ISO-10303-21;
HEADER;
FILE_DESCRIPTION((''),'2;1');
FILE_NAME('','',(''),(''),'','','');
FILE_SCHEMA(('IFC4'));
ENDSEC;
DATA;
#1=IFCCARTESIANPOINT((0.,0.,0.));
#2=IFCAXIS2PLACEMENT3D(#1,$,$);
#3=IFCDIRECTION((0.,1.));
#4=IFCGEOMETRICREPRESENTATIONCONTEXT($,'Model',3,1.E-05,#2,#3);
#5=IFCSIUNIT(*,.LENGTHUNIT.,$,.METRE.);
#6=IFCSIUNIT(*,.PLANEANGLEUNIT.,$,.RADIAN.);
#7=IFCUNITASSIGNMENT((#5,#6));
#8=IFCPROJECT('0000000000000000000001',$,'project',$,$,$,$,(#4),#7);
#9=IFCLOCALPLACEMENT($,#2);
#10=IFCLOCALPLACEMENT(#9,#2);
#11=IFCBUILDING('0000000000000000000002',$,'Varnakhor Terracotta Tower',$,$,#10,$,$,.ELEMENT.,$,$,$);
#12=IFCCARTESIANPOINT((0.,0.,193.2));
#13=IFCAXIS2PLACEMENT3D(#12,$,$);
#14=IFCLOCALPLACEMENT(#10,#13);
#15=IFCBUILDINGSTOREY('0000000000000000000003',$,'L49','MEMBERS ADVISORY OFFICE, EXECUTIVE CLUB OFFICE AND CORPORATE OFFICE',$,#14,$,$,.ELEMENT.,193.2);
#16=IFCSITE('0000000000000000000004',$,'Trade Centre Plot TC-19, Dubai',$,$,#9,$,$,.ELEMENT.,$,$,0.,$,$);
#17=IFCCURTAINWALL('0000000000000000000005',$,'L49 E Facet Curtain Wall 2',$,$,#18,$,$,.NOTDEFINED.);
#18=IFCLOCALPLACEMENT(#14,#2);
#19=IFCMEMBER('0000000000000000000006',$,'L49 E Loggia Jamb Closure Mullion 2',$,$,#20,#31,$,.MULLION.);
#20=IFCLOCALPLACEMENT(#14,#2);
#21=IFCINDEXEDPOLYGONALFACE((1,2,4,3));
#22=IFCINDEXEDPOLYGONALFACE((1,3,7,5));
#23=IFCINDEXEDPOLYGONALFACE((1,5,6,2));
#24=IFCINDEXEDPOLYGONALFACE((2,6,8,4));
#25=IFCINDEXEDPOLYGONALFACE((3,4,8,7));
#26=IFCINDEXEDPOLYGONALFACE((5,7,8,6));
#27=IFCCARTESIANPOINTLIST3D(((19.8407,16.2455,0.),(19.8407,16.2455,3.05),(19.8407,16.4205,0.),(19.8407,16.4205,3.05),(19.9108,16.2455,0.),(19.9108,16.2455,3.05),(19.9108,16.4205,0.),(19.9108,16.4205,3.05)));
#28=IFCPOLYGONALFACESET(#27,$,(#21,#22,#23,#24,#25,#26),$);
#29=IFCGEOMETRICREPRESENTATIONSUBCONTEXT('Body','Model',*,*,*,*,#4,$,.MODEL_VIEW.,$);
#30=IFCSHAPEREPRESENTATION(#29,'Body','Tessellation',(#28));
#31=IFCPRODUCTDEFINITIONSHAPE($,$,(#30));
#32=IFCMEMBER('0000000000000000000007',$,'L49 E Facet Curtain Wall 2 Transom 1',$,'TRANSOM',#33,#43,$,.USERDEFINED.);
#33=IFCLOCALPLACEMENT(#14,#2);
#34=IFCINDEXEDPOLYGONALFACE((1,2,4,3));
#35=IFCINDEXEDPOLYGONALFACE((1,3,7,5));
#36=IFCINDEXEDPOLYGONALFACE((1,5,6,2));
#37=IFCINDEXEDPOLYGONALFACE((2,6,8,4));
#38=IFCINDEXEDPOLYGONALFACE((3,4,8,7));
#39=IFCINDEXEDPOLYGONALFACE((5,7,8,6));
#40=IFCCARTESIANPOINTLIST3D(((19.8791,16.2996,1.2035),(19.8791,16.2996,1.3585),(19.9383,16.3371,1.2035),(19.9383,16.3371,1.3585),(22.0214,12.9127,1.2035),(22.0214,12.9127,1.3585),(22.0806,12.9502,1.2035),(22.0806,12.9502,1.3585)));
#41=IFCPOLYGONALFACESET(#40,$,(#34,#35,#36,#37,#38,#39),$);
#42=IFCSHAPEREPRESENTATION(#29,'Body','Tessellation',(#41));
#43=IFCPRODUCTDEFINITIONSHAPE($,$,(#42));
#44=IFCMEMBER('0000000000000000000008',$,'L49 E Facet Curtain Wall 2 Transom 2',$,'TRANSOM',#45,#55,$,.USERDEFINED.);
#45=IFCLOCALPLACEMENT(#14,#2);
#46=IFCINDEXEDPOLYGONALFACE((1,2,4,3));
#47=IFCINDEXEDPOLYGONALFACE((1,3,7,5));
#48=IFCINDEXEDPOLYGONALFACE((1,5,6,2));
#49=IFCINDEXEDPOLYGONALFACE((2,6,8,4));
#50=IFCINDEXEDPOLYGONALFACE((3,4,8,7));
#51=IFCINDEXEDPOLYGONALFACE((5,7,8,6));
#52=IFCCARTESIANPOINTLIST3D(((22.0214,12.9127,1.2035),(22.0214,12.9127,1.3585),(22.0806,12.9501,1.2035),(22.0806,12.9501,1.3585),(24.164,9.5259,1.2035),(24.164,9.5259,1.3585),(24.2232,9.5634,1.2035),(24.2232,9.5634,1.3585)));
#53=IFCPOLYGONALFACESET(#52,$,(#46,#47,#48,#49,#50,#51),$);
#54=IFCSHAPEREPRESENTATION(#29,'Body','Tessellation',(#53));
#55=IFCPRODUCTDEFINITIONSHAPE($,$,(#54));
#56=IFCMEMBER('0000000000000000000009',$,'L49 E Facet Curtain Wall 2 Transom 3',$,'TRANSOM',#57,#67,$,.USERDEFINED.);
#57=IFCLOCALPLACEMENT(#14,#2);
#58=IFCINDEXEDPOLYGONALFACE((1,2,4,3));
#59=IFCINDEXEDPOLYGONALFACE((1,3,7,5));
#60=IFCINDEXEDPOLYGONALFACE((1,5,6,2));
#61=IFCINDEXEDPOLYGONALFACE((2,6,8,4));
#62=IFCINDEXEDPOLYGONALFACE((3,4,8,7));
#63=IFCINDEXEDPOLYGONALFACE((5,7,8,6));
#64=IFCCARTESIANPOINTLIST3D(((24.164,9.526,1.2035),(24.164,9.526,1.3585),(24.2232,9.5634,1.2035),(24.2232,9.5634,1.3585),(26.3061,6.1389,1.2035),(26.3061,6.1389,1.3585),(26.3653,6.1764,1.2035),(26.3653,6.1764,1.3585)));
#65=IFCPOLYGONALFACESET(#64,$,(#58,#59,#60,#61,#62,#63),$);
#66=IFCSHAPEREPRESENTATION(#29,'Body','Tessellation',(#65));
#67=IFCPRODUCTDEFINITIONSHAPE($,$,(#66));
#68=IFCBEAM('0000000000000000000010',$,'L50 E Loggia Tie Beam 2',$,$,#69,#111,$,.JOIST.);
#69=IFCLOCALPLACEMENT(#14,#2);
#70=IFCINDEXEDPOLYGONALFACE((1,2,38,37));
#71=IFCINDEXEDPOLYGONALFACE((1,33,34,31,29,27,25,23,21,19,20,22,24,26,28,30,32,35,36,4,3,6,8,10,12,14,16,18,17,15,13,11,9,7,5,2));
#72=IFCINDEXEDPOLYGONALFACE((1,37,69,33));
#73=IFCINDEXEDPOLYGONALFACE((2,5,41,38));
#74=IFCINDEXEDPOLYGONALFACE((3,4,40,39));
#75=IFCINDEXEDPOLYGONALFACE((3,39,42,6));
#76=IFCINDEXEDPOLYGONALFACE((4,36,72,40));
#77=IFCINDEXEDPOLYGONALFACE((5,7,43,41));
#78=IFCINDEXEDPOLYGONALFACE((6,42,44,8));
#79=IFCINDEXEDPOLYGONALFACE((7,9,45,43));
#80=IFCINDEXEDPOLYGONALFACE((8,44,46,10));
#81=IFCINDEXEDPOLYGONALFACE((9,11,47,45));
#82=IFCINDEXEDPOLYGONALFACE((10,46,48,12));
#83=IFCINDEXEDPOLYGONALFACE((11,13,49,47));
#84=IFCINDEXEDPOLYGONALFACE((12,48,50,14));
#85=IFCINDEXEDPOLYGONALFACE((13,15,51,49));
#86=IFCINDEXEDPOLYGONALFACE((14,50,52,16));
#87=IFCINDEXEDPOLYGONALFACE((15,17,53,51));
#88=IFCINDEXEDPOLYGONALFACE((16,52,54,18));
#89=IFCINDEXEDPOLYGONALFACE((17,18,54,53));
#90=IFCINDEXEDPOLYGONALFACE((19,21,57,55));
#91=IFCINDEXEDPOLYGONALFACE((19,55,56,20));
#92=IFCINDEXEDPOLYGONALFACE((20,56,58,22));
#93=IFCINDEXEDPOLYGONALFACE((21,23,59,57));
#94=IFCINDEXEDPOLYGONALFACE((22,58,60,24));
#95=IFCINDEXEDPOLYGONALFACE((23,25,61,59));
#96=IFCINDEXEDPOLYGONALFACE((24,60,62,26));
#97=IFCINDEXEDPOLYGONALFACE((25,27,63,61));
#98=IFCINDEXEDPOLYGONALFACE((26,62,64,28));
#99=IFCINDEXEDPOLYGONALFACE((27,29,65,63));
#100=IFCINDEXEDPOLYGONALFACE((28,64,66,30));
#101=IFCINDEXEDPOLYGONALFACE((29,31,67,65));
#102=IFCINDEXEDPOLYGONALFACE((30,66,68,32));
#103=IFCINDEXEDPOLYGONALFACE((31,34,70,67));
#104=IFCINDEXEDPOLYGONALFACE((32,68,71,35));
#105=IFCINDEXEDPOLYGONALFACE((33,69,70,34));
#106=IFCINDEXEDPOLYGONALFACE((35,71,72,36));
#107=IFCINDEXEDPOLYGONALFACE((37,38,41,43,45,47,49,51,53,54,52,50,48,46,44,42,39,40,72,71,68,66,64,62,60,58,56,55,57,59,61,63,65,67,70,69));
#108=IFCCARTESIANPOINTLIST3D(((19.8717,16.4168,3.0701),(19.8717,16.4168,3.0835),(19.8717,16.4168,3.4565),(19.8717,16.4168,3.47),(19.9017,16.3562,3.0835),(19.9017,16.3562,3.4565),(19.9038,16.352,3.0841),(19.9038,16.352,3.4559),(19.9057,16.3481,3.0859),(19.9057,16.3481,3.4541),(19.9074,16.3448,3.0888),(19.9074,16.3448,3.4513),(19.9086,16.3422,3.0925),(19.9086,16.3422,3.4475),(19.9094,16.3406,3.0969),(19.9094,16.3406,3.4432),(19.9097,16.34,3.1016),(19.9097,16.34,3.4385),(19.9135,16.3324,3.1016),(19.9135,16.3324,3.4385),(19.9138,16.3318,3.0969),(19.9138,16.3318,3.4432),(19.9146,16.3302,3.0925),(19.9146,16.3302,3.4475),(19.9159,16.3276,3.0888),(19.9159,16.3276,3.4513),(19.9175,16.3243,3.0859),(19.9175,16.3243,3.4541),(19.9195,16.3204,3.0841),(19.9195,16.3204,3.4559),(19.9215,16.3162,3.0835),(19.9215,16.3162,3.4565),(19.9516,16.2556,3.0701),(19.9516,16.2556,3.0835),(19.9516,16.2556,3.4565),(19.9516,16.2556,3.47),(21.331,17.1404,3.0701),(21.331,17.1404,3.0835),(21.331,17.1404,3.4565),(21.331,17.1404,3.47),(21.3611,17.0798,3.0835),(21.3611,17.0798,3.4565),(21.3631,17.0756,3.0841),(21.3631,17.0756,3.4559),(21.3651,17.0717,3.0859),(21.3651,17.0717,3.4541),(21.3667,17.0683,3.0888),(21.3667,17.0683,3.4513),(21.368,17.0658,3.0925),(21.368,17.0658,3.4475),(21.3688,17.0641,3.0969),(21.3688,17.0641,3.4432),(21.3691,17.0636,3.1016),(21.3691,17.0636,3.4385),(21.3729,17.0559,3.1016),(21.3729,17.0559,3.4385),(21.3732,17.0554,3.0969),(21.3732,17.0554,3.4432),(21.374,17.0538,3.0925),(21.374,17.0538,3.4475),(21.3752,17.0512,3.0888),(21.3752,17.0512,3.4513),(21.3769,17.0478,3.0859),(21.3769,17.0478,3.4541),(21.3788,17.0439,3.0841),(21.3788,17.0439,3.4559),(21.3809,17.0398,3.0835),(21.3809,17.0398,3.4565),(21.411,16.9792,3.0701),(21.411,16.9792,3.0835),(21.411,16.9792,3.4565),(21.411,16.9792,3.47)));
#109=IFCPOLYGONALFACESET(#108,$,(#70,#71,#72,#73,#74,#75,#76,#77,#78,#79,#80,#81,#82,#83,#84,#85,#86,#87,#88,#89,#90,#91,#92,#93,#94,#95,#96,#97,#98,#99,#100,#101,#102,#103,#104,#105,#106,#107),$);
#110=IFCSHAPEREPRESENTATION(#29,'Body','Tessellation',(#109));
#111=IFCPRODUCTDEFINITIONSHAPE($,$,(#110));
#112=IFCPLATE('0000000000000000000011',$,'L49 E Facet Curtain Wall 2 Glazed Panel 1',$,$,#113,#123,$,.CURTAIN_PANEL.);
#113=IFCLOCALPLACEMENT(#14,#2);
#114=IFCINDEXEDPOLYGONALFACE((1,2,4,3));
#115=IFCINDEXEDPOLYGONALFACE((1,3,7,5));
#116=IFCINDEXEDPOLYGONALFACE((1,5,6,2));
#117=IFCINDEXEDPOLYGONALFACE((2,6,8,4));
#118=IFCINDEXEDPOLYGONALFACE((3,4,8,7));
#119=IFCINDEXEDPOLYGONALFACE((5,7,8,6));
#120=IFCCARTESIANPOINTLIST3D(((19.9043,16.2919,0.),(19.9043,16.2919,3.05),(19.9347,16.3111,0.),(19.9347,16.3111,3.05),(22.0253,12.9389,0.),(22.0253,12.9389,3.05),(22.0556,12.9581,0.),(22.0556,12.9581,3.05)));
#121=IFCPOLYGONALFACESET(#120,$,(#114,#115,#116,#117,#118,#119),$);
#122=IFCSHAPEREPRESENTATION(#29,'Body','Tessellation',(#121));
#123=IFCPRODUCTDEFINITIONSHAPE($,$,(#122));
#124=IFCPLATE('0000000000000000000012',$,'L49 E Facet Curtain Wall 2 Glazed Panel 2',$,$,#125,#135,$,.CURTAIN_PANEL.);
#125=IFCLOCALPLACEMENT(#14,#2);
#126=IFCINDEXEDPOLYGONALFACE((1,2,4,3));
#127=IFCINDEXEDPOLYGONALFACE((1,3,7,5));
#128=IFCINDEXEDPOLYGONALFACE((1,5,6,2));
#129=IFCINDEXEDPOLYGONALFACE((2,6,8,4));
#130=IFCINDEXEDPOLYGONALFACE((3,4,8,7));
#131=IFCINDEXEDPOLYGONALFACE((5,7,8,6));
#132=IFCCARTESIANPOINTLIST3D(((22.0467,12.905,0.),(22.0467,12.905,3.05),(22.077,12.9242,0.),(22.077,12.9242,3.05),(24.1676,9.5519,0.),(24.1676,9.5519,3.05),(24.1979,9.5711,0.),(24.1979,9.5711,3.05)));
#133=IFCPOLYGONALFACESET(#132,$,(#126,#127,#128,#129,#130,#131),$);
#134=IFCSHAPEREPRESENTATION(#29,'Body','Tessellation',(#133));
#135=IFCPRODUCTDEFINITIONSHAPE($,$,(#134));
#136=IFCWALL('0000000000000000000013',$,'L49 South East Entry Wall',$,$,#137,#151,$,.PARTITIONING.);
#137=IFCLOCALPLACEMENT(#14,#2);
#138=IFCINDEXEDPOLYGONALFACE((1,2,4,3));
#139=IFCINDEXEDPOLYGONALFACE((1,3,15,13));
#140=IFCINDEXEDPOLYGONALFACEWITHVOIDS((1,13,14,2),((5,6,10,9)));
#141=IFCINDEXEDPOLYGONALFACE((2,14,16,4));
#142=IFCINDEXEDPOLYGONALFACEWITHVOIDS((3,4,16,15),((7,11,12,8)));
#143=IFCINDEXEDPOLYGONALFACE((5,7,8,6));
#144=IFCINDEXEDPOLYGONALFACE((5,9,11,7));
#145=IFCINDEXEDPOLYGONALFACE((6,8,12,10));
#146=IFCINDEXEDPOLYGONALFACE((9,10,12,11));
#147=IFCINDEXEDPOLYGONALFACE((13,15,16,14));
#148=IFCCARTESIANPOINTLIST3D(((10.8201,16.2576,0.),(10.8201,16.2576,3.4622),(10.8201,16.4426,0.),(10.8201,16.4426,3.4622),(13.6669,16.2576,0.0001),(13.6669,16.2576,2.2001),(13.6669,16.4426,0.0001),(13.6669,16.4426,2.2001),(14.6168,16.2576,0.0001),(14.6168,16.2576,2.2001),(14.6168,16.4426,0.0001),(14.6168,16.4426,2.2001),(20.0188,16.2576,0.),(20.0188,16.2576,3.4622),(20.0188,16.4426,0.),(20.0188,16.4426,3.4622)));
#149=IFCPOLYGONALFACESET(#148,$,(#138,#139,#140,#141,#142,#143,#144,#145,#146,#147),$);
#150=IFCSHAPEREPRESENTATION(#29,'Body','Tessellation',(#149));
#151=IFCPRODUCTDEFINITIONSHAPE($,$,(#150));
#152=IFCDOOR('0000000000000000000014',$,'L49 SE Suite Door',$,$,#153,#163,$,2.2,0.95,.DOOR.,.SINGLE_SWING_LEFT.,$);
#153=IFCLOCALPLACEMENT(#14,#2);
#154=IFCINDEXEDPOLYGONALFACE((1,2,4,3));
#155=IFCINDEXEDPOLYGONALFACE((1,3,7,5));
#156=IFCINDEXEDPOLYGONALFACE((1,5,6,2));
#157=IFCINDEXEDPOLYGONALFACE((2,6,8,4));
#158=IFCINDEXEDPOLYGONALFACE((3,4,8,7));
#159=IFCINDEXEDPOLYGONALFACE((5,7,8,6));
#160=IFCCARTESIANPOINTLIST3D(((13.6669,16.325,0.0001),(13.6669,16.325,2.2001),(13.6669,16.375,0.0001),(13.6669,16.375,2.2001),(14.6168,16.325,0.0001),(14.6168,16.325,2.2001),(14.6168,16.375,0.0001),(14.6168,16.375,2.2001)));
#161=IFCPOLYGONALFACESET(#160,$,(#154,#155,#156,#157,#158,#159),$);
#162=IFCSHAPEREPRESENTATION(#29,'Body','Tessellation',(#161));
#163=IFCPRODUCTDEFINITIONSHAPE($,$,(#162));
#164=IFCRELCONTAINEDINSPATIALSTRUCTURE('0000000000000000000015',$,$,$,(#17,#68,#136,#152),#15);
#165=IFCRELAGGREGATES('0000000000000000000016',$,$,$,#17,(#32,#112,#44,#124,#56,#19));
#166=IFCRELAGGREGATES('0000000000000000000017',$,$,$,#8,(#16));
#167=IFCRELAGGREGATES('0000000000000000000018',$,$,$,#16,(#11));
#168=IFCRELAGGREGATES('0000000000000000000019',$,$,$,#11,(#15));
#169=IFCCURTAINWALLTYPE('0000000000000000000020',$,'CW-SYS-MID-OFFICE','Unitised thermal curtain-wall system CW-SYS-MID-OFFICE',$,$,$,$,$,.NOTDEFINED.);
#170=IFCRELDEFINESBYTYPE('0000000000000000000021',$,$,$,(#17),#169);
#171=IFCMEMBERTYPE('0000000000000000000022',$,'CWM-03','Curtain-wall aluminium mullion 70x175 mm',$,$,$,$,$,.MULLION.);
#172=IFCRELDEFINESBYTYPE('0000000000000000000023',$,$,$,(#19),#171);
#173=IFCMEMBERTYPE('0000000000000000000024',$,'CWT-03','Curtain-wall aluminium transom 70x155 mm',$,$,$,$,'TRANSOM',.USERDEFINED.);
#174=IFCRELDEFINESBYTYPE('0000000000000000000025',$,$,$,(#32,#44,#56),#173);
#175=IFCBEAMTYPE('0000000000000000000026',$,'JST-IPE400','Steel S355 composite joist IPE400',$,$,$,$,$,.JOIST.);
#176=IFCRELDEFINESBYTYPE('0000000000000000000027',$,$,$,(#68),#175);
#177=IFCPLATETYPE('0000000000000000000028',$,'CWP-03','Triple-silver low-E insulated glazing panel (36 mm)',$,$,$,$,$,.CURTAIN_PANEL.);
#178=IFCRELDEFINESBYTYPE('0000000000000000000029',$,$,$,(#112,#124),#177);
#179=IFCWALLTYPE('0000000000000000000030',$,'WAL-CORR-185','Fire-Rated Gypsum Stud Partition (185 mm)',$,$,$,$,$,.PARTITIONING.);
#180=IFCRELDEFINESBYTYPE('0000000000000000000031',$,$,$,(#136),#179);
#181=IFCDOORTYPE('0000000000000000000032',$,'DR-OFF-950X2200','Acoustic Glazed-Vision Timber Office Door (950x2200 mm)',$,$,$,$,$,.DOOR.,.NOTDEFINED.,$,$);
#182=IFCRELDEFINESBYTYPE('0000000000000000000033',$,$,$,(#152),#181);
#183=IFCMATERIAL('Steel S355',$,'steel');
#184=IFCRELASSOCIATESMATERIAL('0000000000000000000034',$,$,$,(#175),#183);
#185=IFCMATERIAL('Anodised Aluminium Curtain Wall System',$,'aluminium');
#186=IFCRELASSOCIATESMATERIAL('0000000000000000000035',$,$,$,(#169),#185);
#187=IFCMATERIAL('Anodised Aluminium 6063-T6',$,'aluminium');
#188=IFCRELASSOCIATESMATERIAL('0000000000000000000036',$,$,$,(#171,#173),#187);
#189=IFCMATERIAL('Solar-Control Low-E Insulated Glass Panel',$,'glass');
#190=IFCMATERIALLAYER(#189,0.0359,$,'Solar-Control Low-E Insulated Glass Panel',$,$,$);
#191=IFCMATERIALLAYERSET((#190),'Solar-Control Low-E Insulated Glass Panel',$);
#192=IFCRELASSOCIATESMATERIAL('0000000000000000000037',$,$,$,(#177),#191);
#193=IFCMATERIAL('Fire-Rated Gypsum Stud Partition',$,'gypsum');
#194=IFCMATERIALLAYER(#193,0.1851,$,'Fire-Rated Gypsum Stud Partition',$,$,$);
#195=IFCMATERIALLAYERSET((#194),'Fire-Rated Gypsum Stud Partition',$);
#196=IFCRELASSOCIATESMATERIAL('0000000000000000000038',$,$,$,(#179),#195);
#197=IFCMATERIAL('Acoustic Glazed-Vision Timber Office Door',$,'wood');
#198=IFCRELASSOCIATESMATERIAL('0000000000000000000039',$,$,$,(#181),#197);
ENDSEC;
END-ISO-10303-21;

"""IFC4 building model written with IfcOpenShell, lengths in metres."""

from ifc_helpers import new_model, si_unit, direction, frame, frame_2d, origin, origin_2d, place, context, subcontext, project, spatial, rectangle, i_section, extrude, source, transform, mapped, material, layer, layer_set, material_profile, profile_set, type_object, type_shapes, element, fill, aggregate, save


model = new_model("IFC4")

# Units and contexts
model_context = context("Model", 3, precision=1e-05, world=origin(), true_north=direction((0.0, 1.0)))
body_context = subcontext(model_context, "Body", "Model", "MODEL_VIEW")
ifc_project = project(units=[si_unit("LENGTHUNIT", "METRE"), si_unit("PLANEANGLEUNIT", "RADIAN")], contexts=[model_context])

# Site, building, storey
site_placement = place(None, origin())
site = spatial("IfcSite", under=ifc_project, at=site_placement, Name="Trade Centre Plot TC-19, Dubai", CompositionType="ELEMENT", RefElevation=0.0)
building_placement = place(site_placement, origin())
building = spatial("IfcBuilding", under=site, at=building_placement, Name="Varnakhor Terracotta Tower", CompositionType="ELEMENT")
storey_placement = place(building_placement, frame((0.0, 0.0, 193.2)))
storey = spatial("IfcBuildingStorey", under=building, at=storey_placement, Name="L49", Description="MEMBERS ADVISORY OFFICE, EXECUTIVE CLUB OFFICE AND CORPORATE OFFICE", CompositionType="ELEMENT", Elevation=193.2)

# Shared definitions
ifc_material_1 = material(Name="Steel S355", Category="steel")
ifc_material_profile_1 = material_profile(ifc_material_1, i_section(OverallWidth=0.1799, OverallDepth=0.3999, WebThickness=0.0085, FlangeThickness=0.0134, FilletRadius=0.0181, at=origin_2d()), Name="IPE400")
ifc_profile_set_1 = profile_set([ifc_material_profile_1], Name="Steel S355")
beam_type_1 = type_object("IfcBeamType", Name="JST-IPE400", Description="Steel S355 composite joist IPE400", PredefinedType="JOIST", material=ifc_profile_set_1)

# Curtain wall, members
ifc_material_2 = material(Name="Anodised Aluminium Curtain Wall System", Category="aluminium")
curtain_wall_type = type_object("IfcCurtainWallType", Name="CW-SYS-MID-OFFICE", Description="Unitised thermal curtain-wall system CW-SYS-MID-OFFICE", PredefinedType="NOTDEFINED", material=ifc_material_2)
curtain_wall_placement = place(storey_placement, origin())
curtain_wall = element("IfcCurtainWall", 1, at=curtain_wall_placement, inside=storey, type_object=curtain_wall_type, Name="L49 E Facet Curtain Wall 2", PredefinedType="NOTDEFINED")
ifc_material_3 = material(Name="Anodised Aluminium 6063-T6", Category="aluminium")
ifc_material_profile_2 = material_profile(ifc_material_3, rectangle(XDim=0.0701, YDim=0.175, at=origin_2d()), Name="ALU MULLION 70x175")
ifc_profile_set_2 = profile_set([ifc_material_profile_2], Name="Anodised Aluminium 6063-T6")
member_type_1 = type_object("IfcMemberType", Name="CWM-03", Description="Curtain-wall aluminium mullion 70x175 mm", PredefinedType="MULLION", material=ifc_profile_set_2)
shared_shape_1 = source(origin(), body_context, "Body", "SweptSolid", [
    extrude(rectangle(XDim=0.0701, YDim=0.175, at=origin_2d()), origin(), (0.0, 0.0, 1.0), 3.05),
])
member_1_placement = place(storey_placement, frame((19.8757, 16.333, 0.0), z_axis=(0.0, 0.0, 1.0), x_axis=(1.0, 0.0, 0.0)))
member_1 = element("IfcMember", 2, at=member_1_placement, type_object=member_type_1, Name="L49 E Loggia Jamb Closure Mullion 2", PredefinedType="MULLION", context=body_context, shape_type="MappedRepresentation", body=[
    mapped(shared_shape_1, transform((0.0, 0.0, 0.0), scale=1.0)),
])
ifc_material_profile_3 = material_profile(ifc_material_3, rectangle(XDim=0.0701, YDim=0.155, at=origin_2d()), Name="ALU TRANSOM 70x155")
ifc_profile_set_3 = profile_set([ifc_material_profile_3], Name="Anodised Aluminium 6063-T6")
member_type_2 = type_object("IfcMemberType", Name="CWT-03", Description="Curtain-wall aluminium transom 70x155 mm", ElementType="TRANSOM", PredefinedType="USERDEFINED", material=ifc_profile_set_3)
shared_shape_2 = source(origin(), body_context, "Body", "SweptSolid", [
    extrude(rectangle(XDim=0.0701, YDim=0.155, at=origin_2d()), origin(), (0.0, 0.0, 1.0), 4.0076),
])
member_2_placement = place(storey_placement, frame((19.9087, 16.3184, 1.281), z_axis=(0.534564, -0.845128, 0.0), x_axis=(0.845128, 0.534564, 0.0)))
member_2 = element("IfcMember", 3, at=member_2_placement, type_object=member_type_2, Name="L49 E Facet Curtain Wall 2 Transom 1", ObjectType="TRANSOM", PredefinedType="USERDEFINED", context=body_context, shape_type="MappedRepresentation", body=[
    mapped(shared_shape_2, transform((0.0, 0.0, 0.0), scale=1.0)),
])
member_3_placement = place(storey_placement, frame((22.051, 12.9314, 1.281), z_axis=(0.534635, -0.845083, 0.0), x_axis=(0.845083, 0.534635, 0.0)))
member_3 = element("IfcMember", 4, at=member_3_placement, type_object=member_type_2, Name="L49 E Facet Curtain Wall 2 Transom 2", ObjectType="TRANSOM", PredefinedType="USERDEFINED", context=body_context, shape_type="MappedRepresentation", body=[
    mapped(shared_shape_2, transform((0.0, 0.0, 0.0), scale=1.0)),
])
member_4_placement = place(storey_placement, frame((24.1936, 9.5447, 1.281), z_axis=(0.53452, -0.845156, 0.0), x_axis=(0.845156, 0.53452, 0.0)))
member_4 = element("IfcMember", 5, at=member_4_placement, type_object=member_type_2, Name="L49 E Facet Curtain Wall 2 Transom 3", ObjectType="TRANSOM", PredefinedType="USERDEFINED", context=body_context, shape_type="MappedRepresentation", body=[
    mapped(shared_shape_2, transform((0.0, 0.0, 0.0), scale=1.0)),
])

# Beam
shared_shape_3 = source(origin(), body_context, "Body", "SweptSolid", [
    extrude(i_section(OverallWidth=0.1799, OverallDepth=0.3999, WebThickness=0.0085, FlangeThickness=0.0134, FilletRadius=0.0181, at=origin_2d()), origin(), (0.0, 0.0, 1.0), 1.6289),
])
beam_1_placement = place(storey_placement, frame((19.9116, 16.3362, 3.27), z_axis=(0.895921, 0.444214, 0.0), x_axis=(-0.444214, 0.895921, 0.0)))
element("IfcBeam", 6, at=beam_1_placement, inside=storey, type_object=beam_type_1, Name="L50 E Loggia Tie Beam 2", PredefinedType="JOIST", context=body_context, shape_type="MappedRepresentation", body=[
    mapped(shared_shape_3, transform((0.0, 0.0, 0.0), scale=1.0)),
])

# Plates
ifc_material_4 = material(Name="Solar-Control Low-E Insulated Glass Panel", Category="glass")
ifc_layer_1 = layer(ifc_material_4, 0.0359, Name="Solar-Control Low-E Insulated Glass Panel")
ifc_layer_set_1 = layer_set([ifc_layer_1], Name="Solar-Control Low-E Insulated Glass Panel")
plate_type = type_object("IfcPlateType", Name="CWP-03", Description="Triple-silver low-E insulated glazing panel (36 mm)", PredefinedType="CURTAIN_PANEL", material=ifc_layer_set_1)
shared_shape_4 = source(origin(), body_context, "Body", "SweptSolid", [
    extrude(rectangle(XDim=3.9675, YDim=0.0359, at=origin_2d()), origin(), (0.0, 0.0, 1.0), 3.05),
])
plate_1_placement = place(storey_placement, frame((20.98, 14.625, 0.0), z_axis=(0.0, 0.0, 1.0), x_axis=(0.534574, -0.845122, 0.0)))
plate_1 = element("IfcPlate", 7, at=plate_1_placement, type_object=plate_type, Name="L49 E Facet Curtain Wall 2 Glazed Panel 1", PredefinedType="CURTAIN_PANEL", context=body_context, shape_type="MappedRepresentation", body=[
    mapped(shared_shape_4, transform((0.0, 0.0, 0.0), scale=1.0)),
])
plate_2_placement = place(storey_placement, frame((23.1223, 11.238, 0.0), z_axis=(0.0, 0.0, 1.0), x_axis=(0.534574, -0.845122, 0.0)))
plate_2 = element("IfcPlate", 8, at=plate_2_placement, type_object=plate_type, Name="L49 E Facet Curtain Wall 2 Glazed Panel 2", PredefinedType="CURTAIN_PANEL", context=body_context, shape_type="MappedRepresentation", body=[
    mapped(shared_shape_4, transform((0.0, 0.0, 0.0), scale=1.0)),
])
aggregate(curtain_wall, [member_2, plate_1, member_3, plate_2, member_4, member_1])

# Wall, opening, door
ifc_material_5 = material(Name="Fire-Rated Gypsum Stud Partition", Category="gypsum")
ifc_layer_2 = layer(ifc_material_5, 0.1851, Name="Fire-Rated Gypsum Stud Partition")
ifc_layer_set_2 = layer_set([ifc_layer_2], Name="Fire-Rated Gypsum Stud Partition")
wall_type_1 = type_object("IfcWallType", Name="WAL-CORR-185", Description="Fire-Rated Gypsum Stud Partition (185 mm)", PredefinedType="PARTITIONING", material=ifc_layer_set_2)
wall_1_placement = place(storey_placement, frame((10.8201, 16.3501, 0.0), z_axis=(0.0, 0.0, 1.0), x_axis=(1.0, 0.0, 0.0)))
wall_1 = element("IfcWall", 9, at=wall_1_placement, inside=storey, type_object=wall_type_1, Name="L49 South East Entry Wall", PredefinedType="PARTITIONING", context=body_context, shape_type="SweptSolid", body=[
    extrude(rectangle(XDim=9.1987, YDim=0.1851, at=frame_2d((4.5994, 0.0))), origin(), (0.0, 0.0, 1.0), 3.4622),
])
opening_1_placement = place(wall_1_placement, frame((2.8467, 0.0, 0.0)))
opening_1 = element("IfcOpeningElement", 10, at=opening_1_placement, cuts=wall_1, PredefinedType="OPENING", context=body_context, shape_type="SweptSolid", body=[
    extrude(rectangle(XDim=0.95, YDim=2.2, at=frame_2d((0.4751, 1.1001))), frame((0.0, 0.1025, 0.0), z_axis=(0.0, -1.0, 0.0), x_axis=(1.0, 0.0, 0.0)), (0.0, 0.0, 1.0), 0.2051),
])
ifc_material_6 = material(Name="Acoustic Glazed-Vision Timber Office Door", Category="wood")
door_type = type_object("IfcDoorType", Name="DR-OFF-950X2200", Description="Acoustic Glazed-Vision Timber Office Door (950x2200 mm)", OperationType="NOTDEFINED", PredefinedType="DOOR", material=ifc_material_6)
shared_shape_5 = source(origin(), body_context, "Body", "SweptSolid", [
    extrude(rectangle(XDim=0.95, YDim=2.2, at=frame_2d((0.4751, 1.1001))), frame((0.0, 0.0249, 0.0), z_axis=(0.0, -1.0, 0.0), x_axis=(1.0, 0.0, 0.0)), (0.0, 0.0, 1.0), 0.05),
])
type_shapes(door_type, [shared_shape_5])
door_1_placement = place(opening_1_placement, origin())
door_1 = element("IfcDoor", 11, at=door_1_placement, inside=storey, type_object=door_type, Name="L49 SE Suite Door", OperationType="SINGLE_SWING_LEFT", OverallHeight=2.2, OverallWidth=0.95, PredefinedType="DOOR", context=body_context, shape_type="MappedRepresentation", body=[
    mapped(shared_shape_5, transform((0.0, 0.0, 0.0), scale=1.0)),
])
fill(opening_1, door_1)

save(model, "model.ifc")
